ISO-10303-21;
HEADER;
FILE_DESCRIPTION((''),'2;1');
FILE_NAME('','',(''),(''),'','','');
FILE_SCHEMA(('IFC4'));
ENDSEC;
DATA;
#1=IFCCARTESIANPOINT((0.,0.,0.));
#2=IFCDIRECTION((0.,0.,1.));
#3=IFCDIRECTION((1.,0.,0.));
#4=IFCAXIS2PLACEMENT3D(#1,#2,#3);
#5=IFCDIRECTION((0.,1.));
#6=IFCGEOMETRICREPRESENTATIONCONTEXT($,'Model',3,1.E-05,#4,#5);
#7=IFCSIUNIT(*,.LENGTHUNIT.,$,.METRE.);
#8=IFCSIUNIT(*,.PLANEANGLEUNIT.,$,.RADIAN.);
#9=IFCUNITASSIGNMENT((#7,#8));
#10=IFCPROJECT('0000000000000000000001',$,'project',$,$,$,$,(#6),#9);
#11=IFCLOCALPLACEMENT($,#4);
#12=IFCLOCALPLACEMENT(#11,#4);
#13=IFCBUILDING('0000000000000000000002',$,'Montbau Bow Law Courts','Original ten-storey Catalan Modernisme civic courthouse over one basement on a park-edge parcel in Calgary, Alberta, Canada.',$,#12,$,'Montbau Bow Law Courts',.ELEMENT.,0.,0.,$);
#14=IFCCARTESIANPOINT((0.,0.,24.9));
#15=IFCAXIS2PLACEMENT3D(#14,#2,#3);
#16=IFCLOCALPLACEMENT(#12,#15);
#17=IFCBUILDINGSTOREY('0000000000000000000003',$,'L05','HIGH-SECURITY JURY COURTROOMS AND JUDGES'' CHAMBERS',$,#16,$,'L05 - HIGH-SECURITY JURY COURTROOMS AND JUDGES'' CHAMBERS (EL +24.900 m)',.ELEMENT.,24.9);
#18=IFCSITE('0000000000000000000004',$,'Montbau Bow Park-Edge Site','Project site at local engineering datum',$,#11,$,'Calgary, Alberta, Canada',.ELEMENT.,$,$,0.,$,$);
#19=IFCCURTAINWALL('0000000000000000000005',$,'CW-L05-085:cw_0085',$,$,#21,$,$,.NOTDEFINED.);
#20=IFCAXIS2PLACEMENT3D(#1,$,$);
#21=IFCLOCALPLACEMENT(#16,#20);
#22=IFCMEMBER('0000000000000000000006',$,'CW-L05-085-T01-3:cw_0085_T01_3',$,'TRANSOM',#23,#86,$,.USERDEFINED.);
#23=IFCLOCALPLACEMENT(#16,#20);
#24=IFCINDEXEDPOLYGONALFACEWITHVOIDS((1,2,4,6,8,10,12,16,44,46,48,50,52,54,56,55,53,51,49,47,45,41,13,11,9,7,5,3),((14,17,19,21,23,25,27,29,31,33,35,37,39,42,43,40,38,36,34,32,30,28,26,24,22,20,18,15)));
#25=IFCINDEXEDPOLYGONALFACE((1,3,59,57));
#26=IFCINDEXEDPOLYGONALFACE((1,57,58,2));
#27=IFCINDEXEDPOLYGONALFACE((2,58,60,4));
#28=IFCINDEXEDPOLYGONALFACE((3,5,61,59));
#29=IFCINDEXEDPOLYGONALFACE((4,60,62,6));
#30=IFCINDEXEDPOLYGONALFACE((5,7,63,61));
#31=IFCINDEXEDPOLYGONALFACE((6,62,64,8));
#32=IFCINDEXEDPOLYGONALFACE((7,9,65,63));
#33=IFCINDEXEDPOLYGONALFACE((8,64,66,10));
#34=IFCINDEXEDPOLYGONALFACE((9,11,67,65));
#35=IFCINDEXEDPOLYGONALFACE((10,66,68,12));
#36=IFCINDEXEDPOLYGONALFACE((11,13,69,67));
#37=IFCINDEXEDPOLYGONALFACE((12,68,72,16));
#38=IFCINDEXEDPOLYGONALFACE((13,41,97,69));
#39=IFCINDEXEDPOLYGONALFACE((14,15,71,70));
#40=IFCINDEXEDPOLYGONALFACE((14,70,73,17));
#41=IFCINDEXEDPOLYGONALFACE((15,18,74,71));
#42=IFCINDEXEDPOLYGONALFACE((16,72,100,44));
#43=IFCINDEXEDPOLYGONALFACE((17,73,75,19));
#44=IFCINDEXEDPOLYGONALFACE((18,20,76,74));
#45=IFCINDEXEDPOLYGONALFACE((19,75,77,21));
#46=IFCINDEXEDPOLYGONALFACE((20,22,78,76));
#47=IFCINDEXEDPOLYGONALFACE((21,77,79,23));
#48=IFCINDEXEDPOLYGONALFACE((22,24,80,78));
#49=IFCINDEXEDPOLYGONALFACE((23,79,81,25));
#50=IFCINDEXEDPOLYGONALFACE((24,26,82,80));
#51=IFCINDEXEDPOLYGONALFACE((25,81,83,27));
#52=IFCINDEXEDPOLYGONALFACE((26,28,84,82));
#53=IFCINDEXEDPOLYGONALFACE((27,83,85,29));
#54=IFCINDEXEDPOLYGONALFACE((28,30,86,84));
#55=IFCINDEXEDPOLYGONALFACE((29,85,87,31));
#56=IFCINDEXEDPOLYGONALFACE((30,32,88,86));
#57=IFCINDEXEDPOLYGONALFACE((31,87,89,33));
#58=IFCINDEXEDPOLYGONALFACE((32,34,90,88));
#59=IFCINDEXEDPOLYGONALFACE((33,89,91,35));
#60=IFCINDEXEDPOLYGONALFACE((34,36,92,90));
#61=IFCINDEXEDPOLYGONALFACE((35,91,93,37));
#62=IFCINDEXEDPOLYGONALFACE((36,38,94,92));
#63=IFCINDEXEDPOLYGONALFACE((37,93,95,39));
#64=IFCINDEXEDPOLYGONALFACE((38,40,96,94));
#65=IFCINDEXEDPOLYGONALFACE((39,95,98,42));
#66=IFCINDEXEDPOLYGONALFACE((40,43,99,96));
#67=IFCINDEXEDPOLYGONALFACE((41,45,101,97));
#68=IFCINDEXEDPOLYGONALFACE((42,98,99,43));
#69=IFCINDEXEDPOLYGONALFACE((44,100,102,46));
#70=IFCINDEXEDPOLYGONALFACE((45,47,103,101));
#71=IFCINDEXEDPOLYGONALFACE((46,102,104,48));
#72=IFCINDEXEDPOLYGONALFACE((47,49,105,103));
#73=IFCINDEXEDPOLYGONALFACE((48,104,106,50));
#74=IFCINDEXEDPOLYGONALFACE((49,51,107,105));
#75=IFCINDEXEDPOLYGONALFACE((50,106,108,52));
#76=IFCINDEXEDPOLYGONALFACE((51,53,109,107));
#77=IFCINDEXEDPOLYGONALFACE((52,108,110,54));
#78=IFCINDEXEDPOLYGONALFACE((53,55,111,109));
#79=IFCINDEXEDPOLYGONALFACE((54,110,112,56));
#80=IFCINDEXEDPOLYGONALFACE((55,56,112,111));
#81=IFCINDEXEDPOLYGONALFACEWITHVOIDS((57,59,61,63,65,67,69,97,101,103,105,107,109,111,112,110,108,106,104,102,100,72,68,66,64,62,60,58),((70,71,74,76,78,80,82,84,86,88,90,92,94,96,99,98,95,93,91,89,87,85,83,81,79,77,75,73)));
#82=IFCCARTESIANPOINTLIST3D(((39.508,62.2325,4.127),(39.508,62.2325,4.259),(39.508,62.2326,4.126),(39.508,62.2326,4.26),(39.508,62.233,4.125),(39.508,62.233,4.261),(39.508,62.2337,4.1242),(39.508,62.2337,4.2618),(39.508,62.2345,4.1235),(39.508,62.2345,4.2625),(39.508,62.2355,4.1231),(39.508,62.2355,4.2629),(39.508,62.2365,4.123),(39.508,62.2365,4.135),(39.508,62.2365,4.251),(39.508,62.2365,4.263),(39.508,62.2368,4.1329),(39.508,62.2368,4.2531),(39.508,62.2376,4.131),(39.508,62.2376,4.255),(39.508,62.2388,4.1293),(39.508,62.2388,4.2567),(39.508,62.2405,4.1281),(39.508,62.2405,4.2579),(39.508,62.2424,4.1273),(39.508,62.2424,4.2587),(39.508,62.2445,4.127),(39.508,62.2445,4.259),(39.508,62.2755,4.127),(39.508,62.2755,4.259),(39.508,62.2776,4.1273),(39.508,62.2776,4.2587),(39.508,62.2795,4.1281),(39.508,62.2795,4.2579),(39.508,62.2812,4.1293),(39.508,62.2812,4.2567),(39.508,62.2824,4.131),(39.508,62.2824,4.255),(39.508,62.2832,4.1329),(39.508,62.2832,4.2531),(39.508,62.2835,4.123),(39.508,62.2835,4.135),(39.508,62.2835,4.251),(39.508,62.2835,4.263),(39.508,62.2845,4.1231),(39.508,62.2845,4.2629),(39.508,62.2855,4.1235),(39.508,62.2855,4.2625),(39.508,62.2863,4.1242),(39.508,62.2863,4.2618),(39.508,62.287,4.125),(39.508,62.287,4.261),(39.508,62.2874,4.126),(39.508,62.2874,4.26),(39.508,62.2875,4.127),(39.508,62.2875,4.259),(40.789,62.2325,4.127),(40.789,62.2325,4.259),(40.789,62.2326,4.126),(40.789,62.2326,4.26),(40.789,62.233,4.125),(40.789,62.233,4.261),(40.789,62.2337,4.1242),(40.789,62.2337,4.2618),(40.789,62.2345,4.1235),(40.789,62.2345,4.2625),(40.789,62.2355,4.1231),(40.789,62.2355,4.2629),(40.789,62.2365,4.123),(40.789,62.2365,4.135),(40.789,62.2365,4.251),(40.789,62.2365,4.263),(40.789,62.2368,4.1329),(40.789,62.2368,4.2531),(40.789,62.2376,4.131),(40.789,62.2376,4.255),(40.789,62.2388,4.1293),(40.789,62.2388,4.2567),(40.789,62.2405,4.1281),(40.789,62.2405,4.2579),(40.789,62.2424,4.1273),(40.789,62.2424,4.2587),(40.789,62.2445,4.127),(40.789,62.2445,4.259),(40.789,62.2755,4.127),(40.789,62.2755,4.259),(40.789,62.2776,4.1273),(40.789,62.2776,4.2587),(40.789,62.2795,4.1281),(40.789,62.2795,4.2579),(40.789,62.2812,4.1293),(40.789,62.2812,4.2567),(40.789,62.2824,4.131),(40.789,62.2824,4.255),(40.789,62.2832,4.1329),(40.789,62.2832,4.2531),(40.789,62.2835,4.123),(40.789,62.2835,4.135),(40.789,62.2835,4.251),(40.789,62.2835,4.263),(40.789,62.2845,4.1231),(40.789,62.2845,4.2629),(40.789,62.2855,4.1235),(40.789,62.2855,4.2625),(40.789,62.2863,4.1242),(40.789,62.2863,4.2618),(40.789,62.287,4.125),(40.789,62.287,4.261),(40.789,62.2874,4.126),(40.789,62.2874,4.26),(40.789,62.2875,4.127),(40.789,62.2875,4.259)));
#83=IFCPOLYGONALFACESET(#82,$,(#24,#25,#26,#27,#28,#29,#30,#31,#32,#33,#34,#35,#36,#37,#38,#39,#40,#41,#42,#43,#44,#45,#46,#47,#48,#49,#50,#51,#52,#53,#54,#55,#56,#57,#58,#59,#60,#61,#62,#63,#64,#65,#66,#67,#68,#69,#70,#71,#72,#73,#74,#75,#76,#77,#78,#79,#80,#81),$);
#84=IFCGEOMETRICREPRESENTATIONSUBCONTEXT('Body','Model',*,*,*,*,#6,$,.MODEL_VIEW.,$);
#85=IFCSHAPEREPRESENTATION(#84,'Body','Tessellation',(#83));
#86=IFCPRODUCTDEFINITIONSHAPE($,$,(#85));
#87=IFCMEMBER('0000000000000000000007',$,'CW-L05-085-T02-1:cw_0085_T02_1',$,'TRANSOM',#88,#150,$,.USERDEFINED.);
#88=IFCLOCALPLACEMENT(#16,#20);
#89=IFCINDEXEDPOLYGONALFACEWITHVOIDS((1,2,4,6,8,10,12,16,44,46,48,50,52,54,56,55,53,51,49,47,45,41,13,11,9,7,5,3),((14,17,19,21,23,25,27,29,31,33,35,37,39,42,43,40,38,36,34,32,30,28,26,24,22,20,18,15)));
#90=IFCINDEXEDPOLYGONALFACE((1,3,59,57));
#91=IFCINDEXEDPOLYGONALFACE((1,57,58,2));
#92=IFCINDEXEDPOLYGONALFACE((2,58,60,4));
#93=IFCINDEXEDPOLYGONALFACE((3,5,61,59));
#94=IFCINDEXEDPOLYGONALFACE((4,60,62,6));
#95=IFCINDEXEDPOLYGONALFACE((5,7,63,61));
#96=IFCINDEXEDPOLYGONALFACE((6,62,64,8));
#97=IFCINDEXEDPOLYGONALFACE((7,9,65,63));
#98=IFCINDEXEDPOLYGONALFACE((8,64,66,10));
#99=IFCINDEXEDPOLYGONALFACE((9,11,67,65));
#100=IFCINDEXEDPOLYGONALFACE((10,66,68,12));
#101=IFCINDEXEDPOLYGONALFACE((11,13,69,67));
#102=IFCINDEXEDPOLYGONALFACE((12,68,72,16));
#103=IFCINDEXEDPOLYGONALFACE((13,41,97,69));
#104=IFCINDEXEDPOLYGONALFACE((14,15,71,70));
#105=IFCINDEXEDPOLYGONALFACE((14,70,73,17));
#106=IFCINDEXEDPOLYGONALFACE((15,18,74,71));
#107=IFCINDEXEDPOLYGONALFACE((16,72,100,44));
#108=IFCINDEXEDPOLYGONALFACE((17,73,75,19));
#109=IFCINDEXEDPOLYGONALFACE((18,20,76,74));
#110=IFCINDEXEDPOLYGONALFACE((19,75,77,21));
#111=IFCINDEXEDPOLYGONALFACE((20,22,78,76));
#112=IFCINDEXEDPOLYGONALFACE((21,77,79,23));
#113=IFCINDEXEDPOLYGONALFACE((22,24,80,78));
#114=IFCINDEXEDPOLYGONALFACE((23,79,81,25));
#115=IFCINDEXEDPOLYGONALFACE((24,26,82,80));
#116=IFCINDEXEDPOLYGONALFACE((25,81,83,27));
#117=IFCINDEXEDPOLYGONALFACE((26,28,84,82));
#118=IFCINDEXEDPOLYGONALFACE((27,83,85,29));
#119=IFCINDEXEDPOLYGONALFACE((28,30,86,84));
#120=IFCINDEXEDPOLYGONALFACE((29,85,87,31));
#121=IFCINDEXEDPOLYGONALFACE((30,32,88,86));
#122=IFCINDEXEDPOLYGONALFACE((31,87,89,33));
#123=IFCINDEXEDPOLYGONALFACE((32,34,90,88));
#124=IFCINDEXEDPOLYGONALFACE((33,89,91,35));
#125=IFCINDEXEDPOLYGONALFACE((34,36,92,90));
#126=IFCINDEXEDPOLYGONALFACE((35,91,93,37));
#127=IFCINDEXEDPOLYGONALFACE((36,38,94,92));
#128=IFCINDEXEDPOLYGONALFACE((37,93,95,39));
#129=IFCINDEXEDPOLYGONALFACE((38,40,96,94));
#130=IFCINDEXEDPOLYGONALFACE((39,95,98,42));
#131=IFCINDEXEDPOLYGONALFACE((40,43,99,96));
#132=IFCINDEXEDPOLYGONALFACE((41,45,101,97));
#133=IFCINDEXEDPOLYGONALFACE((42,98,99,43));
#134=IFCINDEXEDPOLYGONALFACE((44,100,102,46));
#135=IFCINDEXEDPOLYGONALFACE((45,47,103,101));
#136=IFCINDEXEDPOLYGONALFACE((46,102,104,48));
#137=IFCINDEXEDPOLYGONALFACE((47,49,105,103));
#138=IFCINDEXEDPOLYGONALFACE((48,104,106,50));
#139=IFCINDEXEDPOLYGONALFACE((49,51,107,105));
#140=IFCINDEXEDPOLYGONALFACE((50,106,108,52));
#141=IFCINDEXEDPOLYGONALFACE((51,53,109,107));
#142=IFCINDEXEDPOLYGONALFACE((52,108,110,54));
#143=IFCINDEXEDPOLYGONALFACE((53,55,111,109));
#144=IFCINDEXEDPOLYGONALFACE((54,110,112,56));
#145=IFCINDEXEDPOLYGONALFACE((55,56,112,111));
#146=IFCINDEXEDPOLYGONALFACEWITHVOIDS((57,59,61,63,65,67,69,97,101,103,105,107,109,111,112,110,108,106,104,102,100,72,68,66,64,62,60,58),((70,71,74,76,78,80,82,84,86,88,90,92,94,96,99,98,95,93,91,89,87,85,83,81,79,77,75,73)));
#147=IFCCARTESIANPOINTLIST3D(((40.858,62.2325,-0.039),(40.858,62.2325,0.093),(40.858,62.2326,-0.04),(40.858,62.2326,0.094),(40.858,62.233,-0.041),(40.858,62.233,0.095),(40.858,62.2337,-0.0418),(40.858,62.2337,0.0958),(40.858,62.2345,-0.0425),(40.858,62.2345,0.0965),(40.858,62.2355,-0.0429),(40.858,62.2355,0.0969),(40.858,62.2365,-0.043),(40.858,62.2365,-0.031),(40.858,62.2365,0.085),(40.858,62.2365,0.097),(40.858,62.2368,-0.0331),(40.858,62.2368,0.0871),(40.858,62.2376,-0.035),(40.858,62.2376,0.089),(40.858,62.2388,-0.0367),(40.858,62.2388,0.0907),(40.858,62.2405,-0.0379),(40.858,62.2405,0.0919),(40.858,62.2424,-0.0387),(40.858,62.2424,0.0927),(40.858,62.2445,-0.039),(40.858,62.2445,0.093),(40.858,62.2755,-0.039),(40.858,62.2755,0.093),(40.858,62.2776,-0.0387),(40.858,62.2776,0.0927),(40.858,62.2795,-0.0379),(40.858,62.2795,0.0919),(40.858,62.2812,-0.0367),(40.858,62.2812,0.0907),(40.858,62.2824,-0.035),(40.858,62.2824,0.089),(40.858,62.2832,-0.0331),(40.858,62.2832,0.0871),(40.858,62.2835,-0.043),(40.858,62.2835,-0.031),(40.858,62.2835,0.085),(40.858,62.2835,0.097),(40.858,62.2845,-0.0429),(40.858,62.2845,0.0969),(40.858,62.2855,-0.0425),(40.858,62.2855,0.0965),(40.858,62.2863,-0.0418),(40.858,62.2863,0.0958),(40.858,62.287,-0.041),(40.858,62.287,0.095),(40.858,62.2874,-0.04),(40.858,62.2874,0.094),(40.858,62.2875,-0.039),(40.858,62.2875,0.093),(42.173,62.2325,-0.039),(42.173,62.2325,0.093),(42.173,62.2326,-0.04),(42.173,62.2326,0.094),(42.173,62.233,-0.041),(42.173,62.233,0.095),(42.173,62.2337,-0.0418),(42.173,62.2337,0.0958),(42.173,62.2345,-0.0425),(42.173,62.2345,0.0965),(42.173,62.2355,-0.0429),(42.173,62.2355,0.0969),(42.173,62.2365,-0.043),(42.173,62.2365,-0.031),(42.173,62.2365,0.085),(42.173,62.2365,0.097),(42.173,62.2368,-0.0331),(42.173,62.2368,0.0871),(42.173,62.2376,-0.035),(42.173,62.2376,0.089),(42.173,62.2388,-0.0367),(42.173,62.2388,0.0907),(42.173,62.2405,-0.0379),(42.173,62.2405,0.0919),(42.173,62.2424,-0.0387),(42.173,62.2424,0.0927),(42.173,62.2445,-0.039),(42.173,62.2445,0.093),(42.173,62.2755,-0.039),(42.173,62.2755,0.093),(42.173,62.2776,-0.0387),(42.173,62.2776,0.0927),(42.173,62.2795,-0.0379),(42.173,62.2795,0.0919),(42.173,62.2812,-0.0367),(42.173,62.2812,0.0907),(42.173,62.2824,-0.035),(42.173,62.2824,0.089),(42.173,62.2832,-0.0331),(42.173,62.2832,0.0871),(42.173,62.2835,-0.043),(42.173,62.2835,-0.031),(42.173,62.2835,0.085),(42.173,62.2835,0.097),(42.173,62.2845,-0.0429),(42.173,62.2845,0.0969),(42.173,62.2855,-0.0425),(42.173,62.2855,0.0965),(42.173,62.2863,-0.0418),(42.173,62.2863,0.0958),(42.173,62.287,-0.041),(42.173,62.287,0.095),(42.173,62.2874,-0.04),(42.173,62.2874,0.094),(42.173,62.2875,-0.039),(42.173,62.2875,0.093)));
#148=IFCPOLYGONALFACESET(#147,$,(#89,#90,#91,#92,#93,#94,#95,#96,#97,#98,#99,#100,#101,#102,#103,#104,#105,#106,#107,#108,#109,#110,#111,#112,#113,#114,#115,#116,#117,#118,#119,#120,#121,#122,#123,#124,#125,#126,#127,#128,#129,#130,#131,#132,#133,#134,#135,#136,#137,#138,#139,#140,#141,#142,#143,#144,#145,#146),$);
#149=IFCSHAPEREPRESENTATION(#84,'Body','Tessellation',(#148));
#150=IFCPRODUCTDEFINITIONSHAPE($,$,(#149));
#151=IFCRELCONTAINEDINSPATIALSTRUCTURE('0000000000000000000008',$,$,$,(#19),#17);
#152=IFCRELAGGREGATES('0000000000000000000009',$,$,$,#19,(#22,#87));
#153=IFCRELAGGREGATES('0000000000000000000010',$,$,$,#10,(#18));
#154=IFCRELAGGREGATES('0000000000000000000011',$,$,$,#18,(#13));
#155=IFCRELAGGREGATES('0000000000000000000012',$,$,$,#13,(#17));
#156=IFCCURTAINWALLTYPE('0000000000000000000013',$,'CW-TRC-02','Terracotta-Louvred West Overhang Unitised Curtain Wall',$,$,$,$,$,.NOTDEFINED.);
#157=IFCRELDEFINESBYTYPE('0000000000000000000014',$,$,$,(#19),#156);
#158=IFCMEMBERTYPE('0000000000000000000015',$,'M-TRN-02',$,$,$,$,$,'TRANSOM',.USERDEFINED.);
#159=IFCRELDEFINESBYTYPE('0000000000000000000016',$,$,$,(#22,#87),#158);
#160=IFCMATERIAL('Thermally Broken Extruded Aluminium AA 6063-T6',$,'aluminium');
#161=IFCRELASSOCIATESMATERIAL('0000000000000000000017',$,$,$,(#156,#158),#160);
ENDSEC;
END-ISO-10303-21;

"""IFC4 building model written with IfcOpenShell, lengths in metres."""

from ifc_helpers import new_model, si_unit, direction, frame, origin_with_axes, origin_2d_with_axis, place, context, subcontext, project, spatial, hollow_rectangle, extrude, material, material_profile, profile_set, type_object, element, aggregate, save


model = new_model("IFC4")

# Units and contexts
model_context = context("Model", 3, precision=1e-05, world=origin_with_axes(), true_north=direction((0.0, 1.0)))
body_context = subcontext(model_context, "Body", "Model", "MODEL_VIEW")
ifc_project = project(units=[si_unit("LENGTHUNIT", "METRE"), si_unit("PLANEANGLEUNIT", "RADIAN")], contexts=[model_context])

# Site, building, storey
site_placement = place(None, origin_with_axes())
site = spatial("IfcSite", under=ifc_project, at=site_placement, Name="Montbau Bow Park-Edge Site", Description="Project site at local engineering datum", LongName="Calgary, Alberta, Canada", CompositionType="ELEMENT", RefElevation=0.0)
building_placement = place(site_placement, origin_with_axes())
building = spatial("IfcBuilding", under=site, at=building_placement, Name="Montbau Bow Law Courts", Description="Original ten-storey Catalan Modernisme civic courthouse over one basement on a park-edge parcel in Calgary, Alberta, Canada.", LongName="Montbau Bow Law Courts", CompositionType="ELEMENT", ElevationOfRefHeight=0.0, ElevationOfTerrain=0.0)
storey_placement = place(building_placement, frame((0.0, 0.0, 24.9), z_axis=(0.0, 0.0, 1.0), x_axis=(1.0, 0.0, 0.0)))
storey = spatial("IfcBuildingStorey", under=building, at=storey_placement, Name="L05", Description="HIGH-SECURITY JURY COURTROOMS AND JUDGES' CHAMBERS", LongName="L05 - HIGH-SECURITY JURY COURTROOMS AND JUDGES' CHAMBERS (EL +24.900 m)", CompositionType="ELEMENT", Elevation=24.9)

# Curtain wall
ifc_material_1 = material(Name="Thermally Broken Extruded Aluminium AA 6063-T6", Category="aluminium")
curtain_wall_type = type_object("IfcCurtainWallType", Name="CW-TRC-02", Description="Terracotta-Louvred West Overhang Unitised Curtain Wall", PredefinedType="NOTDEFINED", material=ifc_material_1)
curtain_wall_1_placement = place(None, frame((39.44, 62.26, 24.9), z_axis=(0.0, 0.0, 1.0), x_axis=(1.0, 0.0, 0.0)))
curtain_wall_1 = element("IfcCurtainWall", 1, at=curtain_wall_1_placement, inside=storey, type_object=curtain_wall_type, Name="CW-L05-085:cw_0085", PredefinedType="NOTDEFINED")

# Members
ifc_material_profile_1 = material_profile(ifc_material_1, hollow_rectangle(XDim=0.055, YDim=0.14, WallThickness=0.004, InnerFilletRadius=0.008, OuterFilletRadius=0.004, at=origin_2d_with_axis()), Name="CWT-140X55", Category="Main", Priority=0)
ifc_profile_set_1 = profile_set([ifc_material_profile_1], Name="Thermally Broken Extruded Aluminium AA 6063-T6")
member_type_1 = type_object("IfcMemberType", Name="M-TRN-02", ElementType="TRANSOM", PredefinedType="USERDEFINED", material=ifc_profile_set_1)
member_1_placement = place(None, frame((39.508, 62.26, 29.093), z_axis=(1.0, 0.0, 0.0), x_axis=(0.0, 1.0, 0.0)))
member_1 = element("IfcMember", 2, at=member_1_placement, type_object=member_type_1, Name="CW-L05-085-T01-3:cw_0085_T01_3", ObjectType="TRANSOM", PredefinedType="USERDEFINED", context=body_context, shape_type="SweptSolid", body=[
    extrude(hollow_rectangle(XDim=0.055, YDim=0.14, WallThickness=0.004, InnerFilletRadius=0.008, OuterFilletRadius=0.004, at=origin_2d_with_axis()), origin_with_axes(), (0.0, 0.0, 1.0), 1.281),
])
member_2_placement = place(None, frame((40.858, 62.26, 24.927), z_axis=(1.0, 0.0, 0.0), x_axis=(0.0, 1.0, 0.0)))
member_2 = element("IfcMember", 3, at=member_2_placement, type_object=member_type_1, Name="CW-L05-085-T02-1:cw_0085_T02_1", ObjectType="TRANSOM", PredefinedType="USERDEFINED", context=body_context, shape_type="SweptSolid", body=[
    extrude(hollow_rectangle(XDim=0.055, YDim=0.14, WallThickness=0.004, InnerFilletRadius=0.008, OuterFilletRadius=0.004, at=origin_2d_with_axis()), origin_with_axes(), (0.0, 0.0, 1.0), 1.315),
])

aggregate(curtain_wall_1, [member_1, member_2])

save(model, "model.ifc")
